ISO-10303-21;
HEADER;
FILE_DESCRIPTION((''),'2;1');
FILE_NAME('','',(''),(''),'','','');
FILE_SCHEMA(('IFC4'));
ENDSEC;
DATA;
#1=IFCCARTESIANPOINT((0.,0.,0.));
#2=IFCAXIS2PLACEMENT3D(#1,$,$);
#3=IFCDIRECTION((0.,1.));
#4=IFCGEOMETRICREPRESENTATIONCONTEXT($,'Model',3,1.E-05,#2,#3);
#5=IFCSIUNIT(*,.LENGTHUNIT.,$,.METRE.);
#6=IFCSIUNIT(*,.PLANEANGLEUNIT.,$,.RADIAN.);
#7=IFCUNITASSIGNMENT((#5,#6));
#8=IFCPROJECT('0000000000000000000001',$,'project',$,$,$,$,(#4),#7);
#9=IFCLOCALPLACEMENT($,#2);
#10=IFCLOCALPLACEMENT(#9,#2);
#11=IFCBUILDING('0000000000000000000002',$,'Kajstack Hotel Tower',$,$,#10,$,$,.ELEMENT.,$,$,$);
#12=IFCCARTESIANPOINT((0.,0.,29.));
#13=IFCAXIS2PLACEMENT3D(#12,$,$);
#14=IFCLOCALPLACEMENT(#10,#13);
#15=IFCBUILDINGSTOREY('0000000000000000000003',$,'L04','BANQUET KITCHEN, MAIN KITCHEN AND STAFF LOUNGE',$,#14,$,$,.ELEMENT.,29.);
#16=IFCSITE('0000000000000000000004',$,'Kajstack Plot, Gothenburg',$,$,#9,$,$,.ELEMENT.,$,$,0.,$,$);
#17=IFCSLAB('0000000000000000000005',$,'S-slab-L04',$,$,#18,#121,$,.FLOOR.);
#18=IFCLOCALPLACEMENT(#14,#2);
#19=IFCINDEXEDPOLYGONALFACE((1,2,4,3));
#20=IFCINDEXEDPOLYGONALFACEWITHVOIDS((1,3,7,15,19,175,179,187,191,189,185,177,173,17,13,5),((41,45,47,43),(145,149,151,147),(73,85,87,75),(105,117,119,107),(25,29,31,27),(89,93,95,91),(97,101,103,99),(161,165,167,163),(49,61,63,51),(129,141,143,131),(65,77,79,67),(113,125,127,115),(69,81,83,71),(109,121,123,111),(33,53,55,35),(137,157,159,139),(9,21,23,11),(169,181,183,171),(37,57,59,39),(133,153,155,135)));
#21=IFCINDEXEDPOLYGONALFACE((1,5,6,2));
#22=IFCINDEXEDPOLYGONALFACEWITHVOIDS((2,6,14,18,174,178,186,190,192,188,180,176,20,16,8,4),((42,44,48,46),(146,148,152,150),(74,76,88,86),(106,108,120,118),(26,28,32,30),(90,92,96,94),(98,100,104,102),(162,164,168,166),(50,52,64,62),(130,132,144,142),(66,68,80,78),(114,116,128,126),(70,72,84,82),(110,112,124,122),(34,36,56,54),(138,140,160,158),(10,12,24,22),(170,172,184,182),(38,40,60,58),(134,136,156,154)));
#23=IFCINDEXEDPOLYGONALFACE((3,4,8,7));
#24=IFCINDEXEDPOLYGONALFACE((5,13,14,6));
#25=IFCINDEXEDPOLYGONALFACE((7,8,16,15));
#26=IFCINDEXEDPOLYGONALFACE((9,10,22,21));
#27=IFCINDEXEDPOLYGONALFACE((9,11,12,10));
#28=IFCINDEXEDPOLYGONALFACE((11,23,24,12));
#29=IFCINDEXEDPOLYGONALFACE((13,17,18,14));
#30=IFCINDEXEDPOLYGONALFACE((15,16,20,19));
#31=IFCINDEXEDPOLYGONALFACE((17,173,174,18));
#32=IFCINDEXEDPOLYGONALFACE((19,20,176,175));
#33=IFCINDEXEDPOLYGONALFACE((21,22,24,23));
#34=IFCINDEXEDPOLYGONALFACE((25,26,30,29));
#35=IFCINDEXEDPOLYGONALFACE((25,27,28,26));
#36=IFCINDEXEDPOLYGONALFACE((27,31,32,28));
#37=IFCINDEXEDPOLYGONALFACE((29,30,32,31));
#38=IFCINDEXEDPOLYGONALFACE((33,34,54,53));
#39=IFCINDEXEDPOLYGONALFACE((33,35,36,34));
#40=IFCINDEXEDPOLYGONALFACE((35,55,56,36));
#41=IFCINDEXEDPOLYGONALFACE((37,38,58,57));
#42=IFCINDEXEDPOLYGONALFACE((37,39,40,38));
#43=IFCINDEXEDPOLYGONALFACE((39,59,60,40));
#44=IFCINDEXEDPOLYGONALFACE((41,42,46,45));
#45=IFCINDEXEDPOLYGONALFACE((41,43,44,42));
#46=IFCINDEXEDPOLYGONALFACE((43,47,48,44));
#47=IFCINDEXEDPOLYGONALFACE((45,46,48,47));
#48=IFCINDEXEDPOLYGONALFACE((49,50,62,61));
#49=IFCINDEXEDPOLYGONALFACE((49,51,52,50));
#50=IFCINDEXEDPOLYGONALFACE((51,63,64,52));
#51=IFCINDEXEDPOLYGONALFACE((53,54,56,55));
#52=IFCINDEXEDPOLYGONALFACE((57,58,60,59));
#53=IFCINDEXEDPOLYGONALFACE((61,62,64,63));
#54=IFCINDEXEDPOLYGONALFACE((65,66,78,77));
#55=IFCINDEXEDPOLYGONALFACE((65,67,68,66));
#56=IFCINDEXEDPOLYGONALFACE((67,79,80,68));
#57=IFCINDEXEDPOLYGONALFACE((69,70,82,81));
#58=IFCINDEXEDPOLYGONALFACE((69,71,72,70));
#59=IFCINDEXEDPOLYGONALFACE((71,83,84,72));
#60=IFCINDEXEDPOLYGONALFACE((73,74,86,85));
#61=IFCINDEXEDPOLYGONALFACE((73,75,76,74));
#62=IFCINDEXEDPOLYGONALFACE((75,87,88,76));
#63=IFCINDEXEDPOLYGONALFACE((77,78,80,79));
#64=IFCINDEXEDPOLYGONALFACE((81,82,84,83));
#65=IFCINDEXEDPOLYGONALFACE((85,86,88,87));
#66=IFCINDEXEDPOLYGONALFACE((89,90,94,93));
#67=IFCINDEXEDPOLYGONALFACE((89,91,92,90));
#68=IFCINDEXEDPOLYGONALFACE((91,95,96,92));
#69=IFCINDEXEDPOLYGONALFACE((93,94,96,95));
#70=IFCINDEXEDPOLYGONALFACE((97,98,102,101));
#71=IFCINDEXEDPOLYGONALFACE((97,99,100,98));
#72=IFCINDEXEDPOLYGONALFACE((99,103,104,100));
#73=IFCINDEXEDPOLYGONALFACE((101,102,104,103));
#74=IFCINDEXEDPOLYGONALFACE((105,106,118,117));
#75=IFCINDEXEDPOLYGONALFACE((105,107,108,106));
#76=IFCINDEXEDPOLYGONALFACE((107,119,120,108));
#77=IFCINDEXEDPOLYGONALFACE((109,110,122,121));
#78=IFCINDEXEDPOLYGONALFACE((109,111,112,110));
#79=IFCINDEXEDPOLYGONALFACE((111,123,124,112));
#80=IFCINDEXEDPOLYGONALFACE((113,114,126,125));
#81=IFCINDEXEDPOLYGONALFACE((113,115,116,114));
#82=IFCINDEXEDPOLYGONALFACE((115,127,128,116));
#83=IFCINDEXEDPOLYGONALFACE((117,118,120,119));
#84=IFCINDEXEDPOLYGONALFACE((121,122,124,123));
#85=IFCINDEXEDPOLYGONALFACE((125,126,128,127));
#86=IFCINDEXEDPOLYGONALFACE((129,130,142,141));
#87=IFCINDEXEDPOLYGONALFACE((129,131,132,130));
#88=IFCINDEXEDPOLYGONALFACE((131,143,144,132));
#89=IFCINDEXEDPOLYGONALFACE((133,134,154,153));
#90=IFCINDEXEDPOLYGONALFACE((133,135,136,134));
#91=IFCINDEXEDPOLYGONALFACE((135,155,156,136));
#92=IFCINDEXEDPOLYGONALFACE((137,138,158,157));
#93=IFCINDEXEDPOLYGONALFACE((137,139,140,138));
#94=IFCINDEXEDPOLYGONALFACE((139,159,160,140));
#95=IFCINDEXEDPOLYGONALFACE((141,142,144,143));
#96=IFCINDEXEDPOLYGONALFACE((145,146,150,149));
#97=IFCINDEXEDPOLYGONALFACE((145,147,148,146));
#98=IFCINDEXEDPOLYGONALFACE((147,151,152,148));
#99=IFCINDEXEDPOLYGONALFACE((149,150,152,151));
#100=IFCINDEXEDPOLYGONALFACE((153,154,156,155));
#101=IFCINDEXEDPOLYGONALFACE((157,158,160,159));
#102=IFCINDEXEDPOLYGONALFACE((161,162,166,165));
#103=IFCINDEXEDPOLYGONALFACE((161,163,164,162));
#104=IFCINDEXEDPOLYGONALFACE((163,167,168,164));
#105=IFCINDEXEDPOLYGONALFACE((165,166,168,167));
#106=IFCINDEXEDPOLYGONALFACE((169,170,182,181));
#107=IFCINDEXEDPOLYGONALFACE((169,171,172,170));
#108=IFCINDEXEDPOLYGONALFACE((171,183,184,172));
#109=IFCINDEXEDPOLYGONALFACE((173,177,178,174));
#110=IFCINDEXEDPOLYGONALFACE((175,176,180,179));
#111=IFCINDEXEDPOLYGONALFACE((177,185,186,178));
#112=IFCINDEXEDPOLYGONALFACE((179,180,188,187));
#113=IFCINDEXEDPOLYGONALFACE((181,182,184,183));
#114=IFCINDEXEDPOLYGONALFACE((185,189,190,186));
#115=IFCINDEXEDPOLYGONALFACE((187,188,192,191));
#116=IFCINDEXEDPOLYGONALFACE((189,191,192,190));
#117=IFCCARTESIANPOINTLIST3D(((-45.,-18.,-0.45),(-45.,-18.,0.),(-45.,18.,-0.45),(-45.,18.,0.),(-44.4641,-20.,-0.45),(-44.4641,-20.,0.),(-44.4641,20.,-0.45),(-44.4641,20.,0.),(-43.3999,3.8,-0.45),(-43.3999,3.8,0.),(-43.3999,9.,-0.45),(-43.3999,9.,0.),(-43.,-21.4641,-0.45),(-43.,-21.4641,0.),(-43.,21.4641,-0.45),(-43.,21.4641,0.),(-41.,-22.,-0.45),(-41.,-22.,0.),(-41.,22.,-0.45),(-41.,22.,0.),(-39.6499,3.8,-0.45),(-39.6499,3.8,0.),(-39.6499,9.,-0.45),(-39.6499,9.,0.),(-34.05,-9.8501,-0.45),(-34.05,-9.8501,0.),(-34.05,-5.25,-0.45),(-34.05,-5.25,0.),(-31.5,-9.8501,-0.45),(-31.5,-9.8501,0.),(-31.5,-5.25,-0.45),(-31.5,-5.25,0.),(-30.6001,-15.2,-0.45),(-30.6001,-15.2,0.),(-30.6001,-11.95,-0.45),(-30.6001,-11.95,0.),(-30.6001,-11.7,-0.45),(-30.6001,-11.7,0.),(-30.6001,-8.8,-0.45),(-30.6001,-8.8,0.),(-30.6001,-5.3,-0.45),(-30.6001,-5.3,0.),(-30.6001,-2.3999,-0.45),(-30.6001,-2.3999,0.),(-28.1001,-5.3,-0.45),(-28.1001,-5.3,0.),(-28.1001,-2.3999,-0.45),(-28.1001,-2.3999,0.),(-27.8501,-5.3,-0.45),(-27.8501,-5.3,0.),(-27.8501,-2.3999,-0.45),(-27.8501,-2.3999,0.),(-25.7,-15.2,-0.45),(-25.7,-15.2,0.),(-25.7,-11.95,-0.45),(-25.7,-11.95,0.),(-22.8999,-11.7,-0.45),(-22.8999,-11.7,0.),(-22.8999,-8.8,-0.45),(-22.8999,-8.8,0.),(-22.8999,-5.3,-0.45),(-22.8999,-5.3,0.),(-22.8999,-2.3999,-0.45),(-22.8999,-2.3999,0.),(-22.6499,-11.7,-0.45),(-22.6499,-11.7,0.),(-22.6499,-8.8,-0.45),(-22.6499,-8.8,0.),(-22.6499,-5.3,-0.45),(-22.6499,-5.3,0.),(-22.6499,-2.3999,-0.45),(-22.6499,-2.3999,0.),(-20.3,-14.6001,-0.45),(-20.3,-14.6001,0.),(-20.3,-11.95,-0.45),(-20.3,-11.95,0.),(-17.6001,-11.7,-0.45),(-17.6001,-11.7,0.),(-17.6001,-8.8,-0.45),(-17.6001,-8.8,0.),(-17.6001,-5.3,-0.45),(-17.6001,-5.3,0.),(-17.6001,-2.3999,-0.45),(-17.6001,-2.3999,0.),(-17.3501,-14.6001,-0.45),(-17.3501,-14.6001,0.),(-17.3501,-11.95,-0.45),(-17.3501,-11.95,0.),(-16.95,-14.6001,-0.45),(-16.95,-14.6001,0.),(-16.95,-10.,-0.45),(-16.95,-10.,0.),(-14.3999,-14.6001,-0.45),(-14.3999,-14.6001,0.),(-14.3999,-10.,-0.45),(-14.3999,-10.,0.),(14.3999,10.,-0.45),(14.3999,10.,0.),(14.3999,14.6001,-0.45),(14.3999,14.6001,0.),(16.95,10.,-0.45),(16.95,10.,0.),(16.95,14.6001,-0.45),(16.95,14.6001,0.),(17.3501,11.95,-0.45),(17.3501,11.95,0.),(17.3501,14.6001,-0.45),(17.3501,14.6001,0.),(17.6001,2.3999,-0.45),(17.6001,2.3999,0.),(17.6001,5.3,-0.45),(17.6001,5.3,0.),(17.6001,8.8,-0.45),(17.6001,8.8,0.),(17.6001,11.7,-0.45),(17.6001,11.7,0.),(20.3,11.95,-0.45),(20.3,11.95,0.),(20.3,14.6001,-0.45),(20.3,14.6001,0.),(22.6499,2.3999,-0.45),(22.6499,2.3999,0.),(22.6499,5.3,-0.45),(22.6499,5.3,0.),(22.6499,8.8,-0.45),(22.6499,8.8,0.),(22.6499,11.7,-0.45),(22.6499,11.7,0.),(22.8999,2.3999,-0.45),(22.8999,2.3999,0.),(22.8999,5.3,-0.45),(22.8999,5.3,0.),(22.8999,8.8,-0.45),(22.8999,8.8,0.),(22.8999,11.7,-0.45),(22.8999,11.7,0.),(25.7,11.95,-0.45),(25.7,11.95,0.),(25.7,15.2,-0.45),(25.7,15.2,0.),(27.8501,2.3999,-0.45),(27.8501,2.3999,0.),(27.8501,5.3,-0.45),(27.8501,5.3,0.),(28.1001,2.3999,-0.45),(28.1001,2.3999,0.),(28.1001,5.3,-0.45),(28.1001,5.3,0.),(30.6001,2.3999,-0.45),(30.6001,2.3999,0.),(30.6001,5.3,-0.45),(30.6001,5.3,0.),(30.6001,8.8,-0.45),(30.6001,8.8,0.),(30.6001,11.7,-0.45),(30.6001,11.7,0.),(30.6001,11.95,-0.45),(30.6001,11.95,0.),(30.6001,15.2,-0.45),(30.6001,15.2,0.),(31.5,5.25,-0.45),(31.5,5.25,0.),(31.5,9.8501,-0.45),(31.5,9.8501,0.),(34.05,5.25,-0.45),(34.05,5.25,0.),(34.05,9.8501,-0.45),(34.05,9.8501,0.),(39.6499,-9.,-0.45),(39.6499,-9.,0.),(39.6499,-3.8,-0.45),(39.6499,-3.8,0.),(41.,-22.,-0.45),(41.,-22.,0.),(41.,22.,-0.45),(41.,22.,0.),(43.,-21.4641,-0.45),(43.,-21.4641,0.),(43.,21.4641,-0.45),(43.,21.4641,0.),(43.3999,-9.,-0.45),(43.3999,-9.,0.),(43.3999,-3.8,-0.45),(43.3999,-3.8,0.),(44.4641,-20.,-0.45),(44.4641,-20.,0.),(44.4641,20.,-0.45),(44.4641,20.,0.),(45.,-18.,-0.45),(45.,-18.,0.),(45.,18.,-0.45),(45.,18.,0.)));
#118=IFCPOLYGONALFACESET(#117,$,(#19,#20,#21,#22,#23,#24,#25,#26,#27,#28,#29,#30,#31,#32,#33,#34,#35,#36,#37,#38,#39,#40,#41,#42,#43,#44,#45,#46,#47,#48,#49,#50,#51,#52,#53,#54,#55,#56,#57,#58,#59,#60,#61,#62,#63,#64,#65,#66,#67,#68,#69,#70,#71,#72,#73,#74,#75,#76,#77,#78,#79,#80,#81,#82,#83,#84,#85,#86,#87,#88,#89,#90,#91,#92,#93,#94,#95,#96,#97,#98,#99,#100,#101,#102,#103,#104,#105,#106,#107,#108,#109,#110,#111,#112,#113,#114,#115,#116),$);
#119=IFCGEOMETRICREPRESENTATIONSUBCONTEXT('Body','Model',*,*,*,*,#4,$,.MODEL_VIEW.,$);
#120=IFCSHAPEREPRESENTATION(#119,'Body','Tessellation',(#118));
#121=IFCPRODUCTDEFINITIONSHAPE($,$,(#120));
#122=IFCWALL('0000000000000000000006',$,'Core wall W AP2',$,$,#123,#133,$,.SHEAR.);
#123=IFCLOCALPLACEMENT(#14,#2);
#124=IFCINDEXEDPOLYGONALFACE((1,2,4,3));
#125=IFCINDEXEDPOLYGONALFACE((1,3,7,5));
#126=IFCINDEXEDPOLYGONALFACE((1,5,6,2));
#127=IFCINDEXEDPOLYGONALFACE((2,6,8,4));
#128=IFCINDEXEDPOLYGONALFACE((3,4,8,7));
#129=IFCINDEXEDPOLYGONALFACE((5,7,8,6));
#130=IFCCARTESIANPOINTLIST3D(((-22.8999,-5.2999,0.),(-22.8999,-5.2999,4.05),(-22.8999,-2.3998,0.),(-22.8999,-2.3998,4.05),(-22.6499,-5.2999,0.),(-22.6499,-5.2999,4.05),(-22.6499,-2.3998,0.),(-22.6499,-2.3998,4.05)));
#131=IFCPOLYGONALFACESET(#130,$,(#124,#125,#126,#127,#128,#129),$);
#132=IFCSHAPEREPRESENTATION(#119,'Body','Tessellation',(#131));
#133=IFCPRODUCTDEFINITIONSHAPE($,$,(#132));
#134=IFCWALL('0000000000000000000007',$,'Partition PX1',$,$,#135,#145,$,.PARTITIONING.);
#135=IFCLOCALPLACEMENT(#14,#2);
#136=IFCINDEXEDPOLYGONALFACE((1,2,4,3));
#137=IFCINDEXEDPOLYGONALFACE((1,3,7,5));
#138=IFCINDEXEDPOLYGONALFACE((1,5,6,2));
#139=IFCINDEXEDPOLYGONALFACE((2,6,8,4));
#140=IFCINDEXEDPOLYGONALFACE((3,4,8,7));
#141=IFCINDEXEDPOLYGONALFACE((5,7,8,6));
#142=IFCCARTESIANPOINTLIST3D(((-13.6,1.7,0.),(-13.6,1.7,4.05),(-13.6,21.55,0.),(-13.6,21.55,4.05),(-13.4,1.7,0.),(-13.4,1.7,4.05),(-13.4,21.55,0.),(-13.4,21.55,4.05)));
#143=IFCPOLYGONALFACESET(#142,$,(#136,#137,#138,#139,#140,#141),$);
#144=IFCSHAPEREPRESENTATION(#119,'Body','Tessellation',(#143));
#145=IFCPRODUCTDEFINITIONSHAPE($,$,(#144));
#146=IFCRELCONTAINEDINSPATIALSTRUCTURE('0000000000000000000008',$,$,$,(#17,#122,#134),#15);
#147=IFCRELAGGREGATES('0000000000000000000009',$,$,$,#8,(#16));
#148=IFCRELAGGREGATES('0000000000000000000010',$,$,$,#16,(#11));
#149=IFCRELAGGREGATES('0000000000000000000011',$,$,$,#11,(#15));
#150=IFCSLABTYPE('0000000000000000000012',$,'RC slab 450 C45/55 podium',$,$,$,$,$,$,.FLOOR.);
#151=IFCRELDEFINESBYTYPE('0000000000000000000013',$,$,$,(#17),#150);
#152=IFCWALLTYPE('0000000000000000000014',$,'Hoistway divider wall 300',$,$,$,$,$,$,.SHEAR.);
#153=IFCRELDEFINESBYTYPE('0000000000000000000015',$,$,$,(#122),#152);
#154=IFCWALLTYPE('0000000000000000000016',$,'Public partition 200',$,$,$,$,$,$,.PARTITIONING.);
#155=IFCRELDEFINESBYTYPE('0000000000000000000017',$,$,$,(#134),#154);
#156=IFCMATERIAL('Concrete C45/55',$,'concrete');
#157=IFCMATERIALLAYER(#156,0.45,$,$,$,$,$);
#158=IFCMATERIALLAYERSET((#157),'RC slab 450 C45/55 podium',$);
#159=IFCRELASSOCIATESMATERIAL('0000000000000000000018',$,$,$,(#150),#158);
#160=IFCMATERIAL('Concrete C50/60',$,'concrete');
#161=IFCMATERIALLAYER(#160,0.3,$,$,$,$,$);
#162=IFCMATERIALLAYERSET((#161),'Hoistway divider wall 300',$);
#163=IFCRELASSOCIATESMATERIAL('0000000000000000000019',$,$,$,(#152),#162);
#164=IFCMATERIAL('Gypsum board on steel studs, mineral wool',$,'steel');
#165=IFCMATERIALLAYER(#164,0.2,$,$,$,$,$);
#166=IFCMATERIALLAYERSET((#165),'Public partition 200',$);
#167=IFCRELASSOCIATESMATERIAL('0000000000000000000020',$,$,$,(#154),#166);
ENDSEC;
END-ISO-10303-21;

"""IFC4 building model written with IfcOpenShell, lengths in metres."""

from ifc_helpers import new_model, si_unit, direction, frame, frame_2d, origin, place, context, subcontext, project, spatial, polyline, rectangle, outline, extrude, material, layer, layer_set, type_object, element, save


model = new_model("IFC4")

# Units and contexts
model_context = context("Model", 3, precision=1e-05, world=origin(), true_north=direction((0.0, 1.0)))
body_context = subcontext(model_context, "Body", "Model", "MODEL_VIEW")
ifc_project = project(units=[si_unit("LENGTHUNIT", "METRE"), si_unit("PLANEANGLEUNIT", "RADIAN")], contexts=[model_context])

# Site, building, storey
site_placement = place(None, origin())
site = spatial("IfcSite", under=ifc_project, at=site_placement, Name="Kajstack Plot, Gothenburg", CompositionType="ELEMENT", RefElevation=0.0)
building_placement = place(site_placement, origin())
building = spatial("IfcBuilding", under=site, at=building_placement, Name="Kajstack Hotel Tower", CompositionType="ELEMENT")
storey_placement = place(building_placement, frame((0.0, 0.0, 29.0)))
storey = spatial("IfcBuildingStorey", under=building, at=storey_placement, Name="L04", Description="BANQUET KITCHEN, MAIN KITCHEN AND STAFF LOUNGE", CompositionType="ELEMENT", Elevation=29.0)

# Shared definitions
ifc_material_1 = material(Name="Concrete C50/60", Category="concrete")

# Slab
ifc_material_2 = material(Name="Concrete C45/55", Category="concrete")
ifc_layer_1 = layer(ifc_material_2, 0.45)
ifc_layer_set_1 = layer_set([ifc_layer_1], Name="RC slab 450 C45/55 podium")
slab_type = type_object("IfcSlabType", Name="RC slab 450 C45/55 podium", PredefinedType="FLOOR", material=ifc_layer_set_1)
slab_placement = place(storey_placement, frame((0.0, 0.0, -0.45)))
element("IfcSlab", 1, at=slab_placement, inside=storey, type_object=slab_type, Name="S-slab-L04", PredefinedType="FLOOR", context=body_context, shape_type="SweptSolid", body=[
    extrude(outline(polyline([(-45.0, -18.0), (-44.4641, -20.0), (-43.0, -21.4641), (-41.0, -22.0), (41.0, -22.0), (43.0, -21.4641), (44.4641, -20.0), (45.0, -18.0), (45.0, 18.0), (44.4641, 20.0), (43.0, 21.4641), (41.0, 22.0), (-41.0, 22.0), (-43.0, 21.4641), (-44.4641, 20.0), (-45.0, 18.0), (-45.0, -18.0)]), holes=[polyline([(-30.6001, -11.7), (-30.6001, -8.8), (-22.8999, -8.8), (-22.8999, -11.7), (-30.6001, -11.7)]), polyline([(-22.6499, -11.7), (-22.6499, -8.8), (-17.6001, -8.8), (-17.6001, -11.7), (-22.6499, -11.7)]), polyline([(-27.8501, -5.3), (-27.8501, -2.3999), (-22.8999, -2.3999), (-22.8999, -5.3), (-27.8501, -5.3)]), polyline([(-22.6499, -5.3), (-22.6499, -2.3999), (-17.6001, -2.3999), (-17.6001, -5.3), (-22.6499, -5.3)]), polyline([(-20.3, -14.6001), (-17.3501, -14.6001), (-17.3501, -11.95), (-20.3, -11.95), (-20.3, -14.6001)]), polyline([(-30.6001, -5.3), (-28.1001, -5.3), (-28.1001, -2.3999), (-30.6001, -2.3999), (-30.6001, -5.3)]), polyline([(22.8999, 8.8), (22.8999, 11.7), (30.6001, 11.7), (30.6001, 8.8), (22.8999, 8.8)]), polyline([(17.6001, 8.8), (17.6001, 11.7), (22.6499, 11.7), (22.6499, 8.8), (17.6001, 8.8)]), polyline([(22.8999, 2.3999), (22.8999, 5.3), (27.8501, 5.3), (27.8501, 2.3999), (22.8999, 2.3999)]), polyline([(17.6001, 2.3999), (17.6001, 5.3), (22.6499, 5.3), (22.6499, 2.3999), (17.6001, 2.3999)]), polyline([(20.3, 14.6001), (17.3501, 14.6001), (17.3501, 11.95), (20.3, 11.95), (20.3, 14.6001)]), polyline([(30.6001, 5.3), (28.1001, 5.3), (28.1001, 2.3999), (30.6001, 2.3999), (30.6001, 5.3)]), polyline([(-34.05, -9.8501), (-31.5, -9.8501), (-31.5, -5.25), (-34.05, -5.25), (-34.05, -9.8501)]), polyline([(-16.95, -14.6001), (-14.3999, -14.6001), (-14.3999, -10.0), (-16.95, -10.0), (-16.95, -14.6001)]), polyline([(-30.6001, -15.2), (-25.7, -15.2), (-25.7, -11.95), (-30.6001, -11.95), (-30.6001, -15.2)]), polyline([(34.05, 9.8501), (31.5, 9.8501), (31.5, 5.25), (34.05, 5.25), (34.05, 9.8501)]), polyline([(16.95, 14.6001), (14.3999, 14.6001), (14.3999, 10.0), (16.95, 10.0), (16.95, 14.6001)]), polyline([(30.6001, 15.2), (25.7, 15.2), (25.7, 11.95), (30.6001, 11.95), (30.6001, 15.2)]), polyline([(-43.3999, 3.8), (-39.6499, 3.8), (-39.6499, 9.0), (-43.3999, 9.0), (-43.3999, 3.8)]), polyline([(39.6499, -9.0), (43.3999, -9.0), (43.3999, -3.8), (39.6499, -3.8), (39.6499, -9.0)])]), origin(), (0.0, 0.0, 1.0), 0.45),
])

# Walls
ifc_layer_2 = layer(ifc_material_1, 0.3)
ifc_layer_set_2 = layer_set([ifc_layer_2], Name="Hoistway divider wall 300")
wall_type_1 = type_object("IfcWallType", Name="Hoistway divider wall 300", PredefinedType="SHEAR", material=ifc_layer_set_2)
wall_1_placement = place(storey_placement, frame((-22.7749, -5.3, 0.0), z_axis=(0.0, 0.0, 1.0), x_axis=(0.0, 1.0, 0.0)))
element("IfcWall", 2, at=wall_1_placement, inside=storey, type_object=wall_type_1, Name="Core wall W AP2", PredefinedType="SHEAR", context=body_context, shape_type="SweptSolid", body=[
    extrude(rectangle(XDim=2.9001, YDim=0.25, at=frame_2d((1.4502, 0.0))), origin(), (0.0, 0.0, 1.0), 4.05),
])
ifc_material_3 = material(Name="Gypsum board on steel studs, mineral wool", Category="steel")
ifc_layer_3 = layer(ifc_material_3, 0.2)
ifc_layer_set_3 = layer_set([ifc_layer_3], Name="Public partition 200")
wall_type_2 = type_object("IfcWallType", Name="Public partition 200", PredefinedType="PARTITIONING", material=ifc_layer_set_3)
wall_2_placement = place(storey_placement, frame((-13.5, 1.7, 0.0), z_axis=(0.0, 0.0, 1.0), x_axis=(0.0, 1.0, 0.0)))
element("IfcWall", 3, at=wall_2_placement, inside=storey, type_object=wall_type_2, Name="Partition PX1", PredefinedType="PARTITIONING", context=body_context, shape_type="SweptSolid", body=[
    extrude(rectangle(XDim=19.8501, YDim=0.2, at=frame_2d((9.925, 0.0))), origin(), (0.0, 0.0, 1.0), 4.05),
])

save(model, "model.ifc")
